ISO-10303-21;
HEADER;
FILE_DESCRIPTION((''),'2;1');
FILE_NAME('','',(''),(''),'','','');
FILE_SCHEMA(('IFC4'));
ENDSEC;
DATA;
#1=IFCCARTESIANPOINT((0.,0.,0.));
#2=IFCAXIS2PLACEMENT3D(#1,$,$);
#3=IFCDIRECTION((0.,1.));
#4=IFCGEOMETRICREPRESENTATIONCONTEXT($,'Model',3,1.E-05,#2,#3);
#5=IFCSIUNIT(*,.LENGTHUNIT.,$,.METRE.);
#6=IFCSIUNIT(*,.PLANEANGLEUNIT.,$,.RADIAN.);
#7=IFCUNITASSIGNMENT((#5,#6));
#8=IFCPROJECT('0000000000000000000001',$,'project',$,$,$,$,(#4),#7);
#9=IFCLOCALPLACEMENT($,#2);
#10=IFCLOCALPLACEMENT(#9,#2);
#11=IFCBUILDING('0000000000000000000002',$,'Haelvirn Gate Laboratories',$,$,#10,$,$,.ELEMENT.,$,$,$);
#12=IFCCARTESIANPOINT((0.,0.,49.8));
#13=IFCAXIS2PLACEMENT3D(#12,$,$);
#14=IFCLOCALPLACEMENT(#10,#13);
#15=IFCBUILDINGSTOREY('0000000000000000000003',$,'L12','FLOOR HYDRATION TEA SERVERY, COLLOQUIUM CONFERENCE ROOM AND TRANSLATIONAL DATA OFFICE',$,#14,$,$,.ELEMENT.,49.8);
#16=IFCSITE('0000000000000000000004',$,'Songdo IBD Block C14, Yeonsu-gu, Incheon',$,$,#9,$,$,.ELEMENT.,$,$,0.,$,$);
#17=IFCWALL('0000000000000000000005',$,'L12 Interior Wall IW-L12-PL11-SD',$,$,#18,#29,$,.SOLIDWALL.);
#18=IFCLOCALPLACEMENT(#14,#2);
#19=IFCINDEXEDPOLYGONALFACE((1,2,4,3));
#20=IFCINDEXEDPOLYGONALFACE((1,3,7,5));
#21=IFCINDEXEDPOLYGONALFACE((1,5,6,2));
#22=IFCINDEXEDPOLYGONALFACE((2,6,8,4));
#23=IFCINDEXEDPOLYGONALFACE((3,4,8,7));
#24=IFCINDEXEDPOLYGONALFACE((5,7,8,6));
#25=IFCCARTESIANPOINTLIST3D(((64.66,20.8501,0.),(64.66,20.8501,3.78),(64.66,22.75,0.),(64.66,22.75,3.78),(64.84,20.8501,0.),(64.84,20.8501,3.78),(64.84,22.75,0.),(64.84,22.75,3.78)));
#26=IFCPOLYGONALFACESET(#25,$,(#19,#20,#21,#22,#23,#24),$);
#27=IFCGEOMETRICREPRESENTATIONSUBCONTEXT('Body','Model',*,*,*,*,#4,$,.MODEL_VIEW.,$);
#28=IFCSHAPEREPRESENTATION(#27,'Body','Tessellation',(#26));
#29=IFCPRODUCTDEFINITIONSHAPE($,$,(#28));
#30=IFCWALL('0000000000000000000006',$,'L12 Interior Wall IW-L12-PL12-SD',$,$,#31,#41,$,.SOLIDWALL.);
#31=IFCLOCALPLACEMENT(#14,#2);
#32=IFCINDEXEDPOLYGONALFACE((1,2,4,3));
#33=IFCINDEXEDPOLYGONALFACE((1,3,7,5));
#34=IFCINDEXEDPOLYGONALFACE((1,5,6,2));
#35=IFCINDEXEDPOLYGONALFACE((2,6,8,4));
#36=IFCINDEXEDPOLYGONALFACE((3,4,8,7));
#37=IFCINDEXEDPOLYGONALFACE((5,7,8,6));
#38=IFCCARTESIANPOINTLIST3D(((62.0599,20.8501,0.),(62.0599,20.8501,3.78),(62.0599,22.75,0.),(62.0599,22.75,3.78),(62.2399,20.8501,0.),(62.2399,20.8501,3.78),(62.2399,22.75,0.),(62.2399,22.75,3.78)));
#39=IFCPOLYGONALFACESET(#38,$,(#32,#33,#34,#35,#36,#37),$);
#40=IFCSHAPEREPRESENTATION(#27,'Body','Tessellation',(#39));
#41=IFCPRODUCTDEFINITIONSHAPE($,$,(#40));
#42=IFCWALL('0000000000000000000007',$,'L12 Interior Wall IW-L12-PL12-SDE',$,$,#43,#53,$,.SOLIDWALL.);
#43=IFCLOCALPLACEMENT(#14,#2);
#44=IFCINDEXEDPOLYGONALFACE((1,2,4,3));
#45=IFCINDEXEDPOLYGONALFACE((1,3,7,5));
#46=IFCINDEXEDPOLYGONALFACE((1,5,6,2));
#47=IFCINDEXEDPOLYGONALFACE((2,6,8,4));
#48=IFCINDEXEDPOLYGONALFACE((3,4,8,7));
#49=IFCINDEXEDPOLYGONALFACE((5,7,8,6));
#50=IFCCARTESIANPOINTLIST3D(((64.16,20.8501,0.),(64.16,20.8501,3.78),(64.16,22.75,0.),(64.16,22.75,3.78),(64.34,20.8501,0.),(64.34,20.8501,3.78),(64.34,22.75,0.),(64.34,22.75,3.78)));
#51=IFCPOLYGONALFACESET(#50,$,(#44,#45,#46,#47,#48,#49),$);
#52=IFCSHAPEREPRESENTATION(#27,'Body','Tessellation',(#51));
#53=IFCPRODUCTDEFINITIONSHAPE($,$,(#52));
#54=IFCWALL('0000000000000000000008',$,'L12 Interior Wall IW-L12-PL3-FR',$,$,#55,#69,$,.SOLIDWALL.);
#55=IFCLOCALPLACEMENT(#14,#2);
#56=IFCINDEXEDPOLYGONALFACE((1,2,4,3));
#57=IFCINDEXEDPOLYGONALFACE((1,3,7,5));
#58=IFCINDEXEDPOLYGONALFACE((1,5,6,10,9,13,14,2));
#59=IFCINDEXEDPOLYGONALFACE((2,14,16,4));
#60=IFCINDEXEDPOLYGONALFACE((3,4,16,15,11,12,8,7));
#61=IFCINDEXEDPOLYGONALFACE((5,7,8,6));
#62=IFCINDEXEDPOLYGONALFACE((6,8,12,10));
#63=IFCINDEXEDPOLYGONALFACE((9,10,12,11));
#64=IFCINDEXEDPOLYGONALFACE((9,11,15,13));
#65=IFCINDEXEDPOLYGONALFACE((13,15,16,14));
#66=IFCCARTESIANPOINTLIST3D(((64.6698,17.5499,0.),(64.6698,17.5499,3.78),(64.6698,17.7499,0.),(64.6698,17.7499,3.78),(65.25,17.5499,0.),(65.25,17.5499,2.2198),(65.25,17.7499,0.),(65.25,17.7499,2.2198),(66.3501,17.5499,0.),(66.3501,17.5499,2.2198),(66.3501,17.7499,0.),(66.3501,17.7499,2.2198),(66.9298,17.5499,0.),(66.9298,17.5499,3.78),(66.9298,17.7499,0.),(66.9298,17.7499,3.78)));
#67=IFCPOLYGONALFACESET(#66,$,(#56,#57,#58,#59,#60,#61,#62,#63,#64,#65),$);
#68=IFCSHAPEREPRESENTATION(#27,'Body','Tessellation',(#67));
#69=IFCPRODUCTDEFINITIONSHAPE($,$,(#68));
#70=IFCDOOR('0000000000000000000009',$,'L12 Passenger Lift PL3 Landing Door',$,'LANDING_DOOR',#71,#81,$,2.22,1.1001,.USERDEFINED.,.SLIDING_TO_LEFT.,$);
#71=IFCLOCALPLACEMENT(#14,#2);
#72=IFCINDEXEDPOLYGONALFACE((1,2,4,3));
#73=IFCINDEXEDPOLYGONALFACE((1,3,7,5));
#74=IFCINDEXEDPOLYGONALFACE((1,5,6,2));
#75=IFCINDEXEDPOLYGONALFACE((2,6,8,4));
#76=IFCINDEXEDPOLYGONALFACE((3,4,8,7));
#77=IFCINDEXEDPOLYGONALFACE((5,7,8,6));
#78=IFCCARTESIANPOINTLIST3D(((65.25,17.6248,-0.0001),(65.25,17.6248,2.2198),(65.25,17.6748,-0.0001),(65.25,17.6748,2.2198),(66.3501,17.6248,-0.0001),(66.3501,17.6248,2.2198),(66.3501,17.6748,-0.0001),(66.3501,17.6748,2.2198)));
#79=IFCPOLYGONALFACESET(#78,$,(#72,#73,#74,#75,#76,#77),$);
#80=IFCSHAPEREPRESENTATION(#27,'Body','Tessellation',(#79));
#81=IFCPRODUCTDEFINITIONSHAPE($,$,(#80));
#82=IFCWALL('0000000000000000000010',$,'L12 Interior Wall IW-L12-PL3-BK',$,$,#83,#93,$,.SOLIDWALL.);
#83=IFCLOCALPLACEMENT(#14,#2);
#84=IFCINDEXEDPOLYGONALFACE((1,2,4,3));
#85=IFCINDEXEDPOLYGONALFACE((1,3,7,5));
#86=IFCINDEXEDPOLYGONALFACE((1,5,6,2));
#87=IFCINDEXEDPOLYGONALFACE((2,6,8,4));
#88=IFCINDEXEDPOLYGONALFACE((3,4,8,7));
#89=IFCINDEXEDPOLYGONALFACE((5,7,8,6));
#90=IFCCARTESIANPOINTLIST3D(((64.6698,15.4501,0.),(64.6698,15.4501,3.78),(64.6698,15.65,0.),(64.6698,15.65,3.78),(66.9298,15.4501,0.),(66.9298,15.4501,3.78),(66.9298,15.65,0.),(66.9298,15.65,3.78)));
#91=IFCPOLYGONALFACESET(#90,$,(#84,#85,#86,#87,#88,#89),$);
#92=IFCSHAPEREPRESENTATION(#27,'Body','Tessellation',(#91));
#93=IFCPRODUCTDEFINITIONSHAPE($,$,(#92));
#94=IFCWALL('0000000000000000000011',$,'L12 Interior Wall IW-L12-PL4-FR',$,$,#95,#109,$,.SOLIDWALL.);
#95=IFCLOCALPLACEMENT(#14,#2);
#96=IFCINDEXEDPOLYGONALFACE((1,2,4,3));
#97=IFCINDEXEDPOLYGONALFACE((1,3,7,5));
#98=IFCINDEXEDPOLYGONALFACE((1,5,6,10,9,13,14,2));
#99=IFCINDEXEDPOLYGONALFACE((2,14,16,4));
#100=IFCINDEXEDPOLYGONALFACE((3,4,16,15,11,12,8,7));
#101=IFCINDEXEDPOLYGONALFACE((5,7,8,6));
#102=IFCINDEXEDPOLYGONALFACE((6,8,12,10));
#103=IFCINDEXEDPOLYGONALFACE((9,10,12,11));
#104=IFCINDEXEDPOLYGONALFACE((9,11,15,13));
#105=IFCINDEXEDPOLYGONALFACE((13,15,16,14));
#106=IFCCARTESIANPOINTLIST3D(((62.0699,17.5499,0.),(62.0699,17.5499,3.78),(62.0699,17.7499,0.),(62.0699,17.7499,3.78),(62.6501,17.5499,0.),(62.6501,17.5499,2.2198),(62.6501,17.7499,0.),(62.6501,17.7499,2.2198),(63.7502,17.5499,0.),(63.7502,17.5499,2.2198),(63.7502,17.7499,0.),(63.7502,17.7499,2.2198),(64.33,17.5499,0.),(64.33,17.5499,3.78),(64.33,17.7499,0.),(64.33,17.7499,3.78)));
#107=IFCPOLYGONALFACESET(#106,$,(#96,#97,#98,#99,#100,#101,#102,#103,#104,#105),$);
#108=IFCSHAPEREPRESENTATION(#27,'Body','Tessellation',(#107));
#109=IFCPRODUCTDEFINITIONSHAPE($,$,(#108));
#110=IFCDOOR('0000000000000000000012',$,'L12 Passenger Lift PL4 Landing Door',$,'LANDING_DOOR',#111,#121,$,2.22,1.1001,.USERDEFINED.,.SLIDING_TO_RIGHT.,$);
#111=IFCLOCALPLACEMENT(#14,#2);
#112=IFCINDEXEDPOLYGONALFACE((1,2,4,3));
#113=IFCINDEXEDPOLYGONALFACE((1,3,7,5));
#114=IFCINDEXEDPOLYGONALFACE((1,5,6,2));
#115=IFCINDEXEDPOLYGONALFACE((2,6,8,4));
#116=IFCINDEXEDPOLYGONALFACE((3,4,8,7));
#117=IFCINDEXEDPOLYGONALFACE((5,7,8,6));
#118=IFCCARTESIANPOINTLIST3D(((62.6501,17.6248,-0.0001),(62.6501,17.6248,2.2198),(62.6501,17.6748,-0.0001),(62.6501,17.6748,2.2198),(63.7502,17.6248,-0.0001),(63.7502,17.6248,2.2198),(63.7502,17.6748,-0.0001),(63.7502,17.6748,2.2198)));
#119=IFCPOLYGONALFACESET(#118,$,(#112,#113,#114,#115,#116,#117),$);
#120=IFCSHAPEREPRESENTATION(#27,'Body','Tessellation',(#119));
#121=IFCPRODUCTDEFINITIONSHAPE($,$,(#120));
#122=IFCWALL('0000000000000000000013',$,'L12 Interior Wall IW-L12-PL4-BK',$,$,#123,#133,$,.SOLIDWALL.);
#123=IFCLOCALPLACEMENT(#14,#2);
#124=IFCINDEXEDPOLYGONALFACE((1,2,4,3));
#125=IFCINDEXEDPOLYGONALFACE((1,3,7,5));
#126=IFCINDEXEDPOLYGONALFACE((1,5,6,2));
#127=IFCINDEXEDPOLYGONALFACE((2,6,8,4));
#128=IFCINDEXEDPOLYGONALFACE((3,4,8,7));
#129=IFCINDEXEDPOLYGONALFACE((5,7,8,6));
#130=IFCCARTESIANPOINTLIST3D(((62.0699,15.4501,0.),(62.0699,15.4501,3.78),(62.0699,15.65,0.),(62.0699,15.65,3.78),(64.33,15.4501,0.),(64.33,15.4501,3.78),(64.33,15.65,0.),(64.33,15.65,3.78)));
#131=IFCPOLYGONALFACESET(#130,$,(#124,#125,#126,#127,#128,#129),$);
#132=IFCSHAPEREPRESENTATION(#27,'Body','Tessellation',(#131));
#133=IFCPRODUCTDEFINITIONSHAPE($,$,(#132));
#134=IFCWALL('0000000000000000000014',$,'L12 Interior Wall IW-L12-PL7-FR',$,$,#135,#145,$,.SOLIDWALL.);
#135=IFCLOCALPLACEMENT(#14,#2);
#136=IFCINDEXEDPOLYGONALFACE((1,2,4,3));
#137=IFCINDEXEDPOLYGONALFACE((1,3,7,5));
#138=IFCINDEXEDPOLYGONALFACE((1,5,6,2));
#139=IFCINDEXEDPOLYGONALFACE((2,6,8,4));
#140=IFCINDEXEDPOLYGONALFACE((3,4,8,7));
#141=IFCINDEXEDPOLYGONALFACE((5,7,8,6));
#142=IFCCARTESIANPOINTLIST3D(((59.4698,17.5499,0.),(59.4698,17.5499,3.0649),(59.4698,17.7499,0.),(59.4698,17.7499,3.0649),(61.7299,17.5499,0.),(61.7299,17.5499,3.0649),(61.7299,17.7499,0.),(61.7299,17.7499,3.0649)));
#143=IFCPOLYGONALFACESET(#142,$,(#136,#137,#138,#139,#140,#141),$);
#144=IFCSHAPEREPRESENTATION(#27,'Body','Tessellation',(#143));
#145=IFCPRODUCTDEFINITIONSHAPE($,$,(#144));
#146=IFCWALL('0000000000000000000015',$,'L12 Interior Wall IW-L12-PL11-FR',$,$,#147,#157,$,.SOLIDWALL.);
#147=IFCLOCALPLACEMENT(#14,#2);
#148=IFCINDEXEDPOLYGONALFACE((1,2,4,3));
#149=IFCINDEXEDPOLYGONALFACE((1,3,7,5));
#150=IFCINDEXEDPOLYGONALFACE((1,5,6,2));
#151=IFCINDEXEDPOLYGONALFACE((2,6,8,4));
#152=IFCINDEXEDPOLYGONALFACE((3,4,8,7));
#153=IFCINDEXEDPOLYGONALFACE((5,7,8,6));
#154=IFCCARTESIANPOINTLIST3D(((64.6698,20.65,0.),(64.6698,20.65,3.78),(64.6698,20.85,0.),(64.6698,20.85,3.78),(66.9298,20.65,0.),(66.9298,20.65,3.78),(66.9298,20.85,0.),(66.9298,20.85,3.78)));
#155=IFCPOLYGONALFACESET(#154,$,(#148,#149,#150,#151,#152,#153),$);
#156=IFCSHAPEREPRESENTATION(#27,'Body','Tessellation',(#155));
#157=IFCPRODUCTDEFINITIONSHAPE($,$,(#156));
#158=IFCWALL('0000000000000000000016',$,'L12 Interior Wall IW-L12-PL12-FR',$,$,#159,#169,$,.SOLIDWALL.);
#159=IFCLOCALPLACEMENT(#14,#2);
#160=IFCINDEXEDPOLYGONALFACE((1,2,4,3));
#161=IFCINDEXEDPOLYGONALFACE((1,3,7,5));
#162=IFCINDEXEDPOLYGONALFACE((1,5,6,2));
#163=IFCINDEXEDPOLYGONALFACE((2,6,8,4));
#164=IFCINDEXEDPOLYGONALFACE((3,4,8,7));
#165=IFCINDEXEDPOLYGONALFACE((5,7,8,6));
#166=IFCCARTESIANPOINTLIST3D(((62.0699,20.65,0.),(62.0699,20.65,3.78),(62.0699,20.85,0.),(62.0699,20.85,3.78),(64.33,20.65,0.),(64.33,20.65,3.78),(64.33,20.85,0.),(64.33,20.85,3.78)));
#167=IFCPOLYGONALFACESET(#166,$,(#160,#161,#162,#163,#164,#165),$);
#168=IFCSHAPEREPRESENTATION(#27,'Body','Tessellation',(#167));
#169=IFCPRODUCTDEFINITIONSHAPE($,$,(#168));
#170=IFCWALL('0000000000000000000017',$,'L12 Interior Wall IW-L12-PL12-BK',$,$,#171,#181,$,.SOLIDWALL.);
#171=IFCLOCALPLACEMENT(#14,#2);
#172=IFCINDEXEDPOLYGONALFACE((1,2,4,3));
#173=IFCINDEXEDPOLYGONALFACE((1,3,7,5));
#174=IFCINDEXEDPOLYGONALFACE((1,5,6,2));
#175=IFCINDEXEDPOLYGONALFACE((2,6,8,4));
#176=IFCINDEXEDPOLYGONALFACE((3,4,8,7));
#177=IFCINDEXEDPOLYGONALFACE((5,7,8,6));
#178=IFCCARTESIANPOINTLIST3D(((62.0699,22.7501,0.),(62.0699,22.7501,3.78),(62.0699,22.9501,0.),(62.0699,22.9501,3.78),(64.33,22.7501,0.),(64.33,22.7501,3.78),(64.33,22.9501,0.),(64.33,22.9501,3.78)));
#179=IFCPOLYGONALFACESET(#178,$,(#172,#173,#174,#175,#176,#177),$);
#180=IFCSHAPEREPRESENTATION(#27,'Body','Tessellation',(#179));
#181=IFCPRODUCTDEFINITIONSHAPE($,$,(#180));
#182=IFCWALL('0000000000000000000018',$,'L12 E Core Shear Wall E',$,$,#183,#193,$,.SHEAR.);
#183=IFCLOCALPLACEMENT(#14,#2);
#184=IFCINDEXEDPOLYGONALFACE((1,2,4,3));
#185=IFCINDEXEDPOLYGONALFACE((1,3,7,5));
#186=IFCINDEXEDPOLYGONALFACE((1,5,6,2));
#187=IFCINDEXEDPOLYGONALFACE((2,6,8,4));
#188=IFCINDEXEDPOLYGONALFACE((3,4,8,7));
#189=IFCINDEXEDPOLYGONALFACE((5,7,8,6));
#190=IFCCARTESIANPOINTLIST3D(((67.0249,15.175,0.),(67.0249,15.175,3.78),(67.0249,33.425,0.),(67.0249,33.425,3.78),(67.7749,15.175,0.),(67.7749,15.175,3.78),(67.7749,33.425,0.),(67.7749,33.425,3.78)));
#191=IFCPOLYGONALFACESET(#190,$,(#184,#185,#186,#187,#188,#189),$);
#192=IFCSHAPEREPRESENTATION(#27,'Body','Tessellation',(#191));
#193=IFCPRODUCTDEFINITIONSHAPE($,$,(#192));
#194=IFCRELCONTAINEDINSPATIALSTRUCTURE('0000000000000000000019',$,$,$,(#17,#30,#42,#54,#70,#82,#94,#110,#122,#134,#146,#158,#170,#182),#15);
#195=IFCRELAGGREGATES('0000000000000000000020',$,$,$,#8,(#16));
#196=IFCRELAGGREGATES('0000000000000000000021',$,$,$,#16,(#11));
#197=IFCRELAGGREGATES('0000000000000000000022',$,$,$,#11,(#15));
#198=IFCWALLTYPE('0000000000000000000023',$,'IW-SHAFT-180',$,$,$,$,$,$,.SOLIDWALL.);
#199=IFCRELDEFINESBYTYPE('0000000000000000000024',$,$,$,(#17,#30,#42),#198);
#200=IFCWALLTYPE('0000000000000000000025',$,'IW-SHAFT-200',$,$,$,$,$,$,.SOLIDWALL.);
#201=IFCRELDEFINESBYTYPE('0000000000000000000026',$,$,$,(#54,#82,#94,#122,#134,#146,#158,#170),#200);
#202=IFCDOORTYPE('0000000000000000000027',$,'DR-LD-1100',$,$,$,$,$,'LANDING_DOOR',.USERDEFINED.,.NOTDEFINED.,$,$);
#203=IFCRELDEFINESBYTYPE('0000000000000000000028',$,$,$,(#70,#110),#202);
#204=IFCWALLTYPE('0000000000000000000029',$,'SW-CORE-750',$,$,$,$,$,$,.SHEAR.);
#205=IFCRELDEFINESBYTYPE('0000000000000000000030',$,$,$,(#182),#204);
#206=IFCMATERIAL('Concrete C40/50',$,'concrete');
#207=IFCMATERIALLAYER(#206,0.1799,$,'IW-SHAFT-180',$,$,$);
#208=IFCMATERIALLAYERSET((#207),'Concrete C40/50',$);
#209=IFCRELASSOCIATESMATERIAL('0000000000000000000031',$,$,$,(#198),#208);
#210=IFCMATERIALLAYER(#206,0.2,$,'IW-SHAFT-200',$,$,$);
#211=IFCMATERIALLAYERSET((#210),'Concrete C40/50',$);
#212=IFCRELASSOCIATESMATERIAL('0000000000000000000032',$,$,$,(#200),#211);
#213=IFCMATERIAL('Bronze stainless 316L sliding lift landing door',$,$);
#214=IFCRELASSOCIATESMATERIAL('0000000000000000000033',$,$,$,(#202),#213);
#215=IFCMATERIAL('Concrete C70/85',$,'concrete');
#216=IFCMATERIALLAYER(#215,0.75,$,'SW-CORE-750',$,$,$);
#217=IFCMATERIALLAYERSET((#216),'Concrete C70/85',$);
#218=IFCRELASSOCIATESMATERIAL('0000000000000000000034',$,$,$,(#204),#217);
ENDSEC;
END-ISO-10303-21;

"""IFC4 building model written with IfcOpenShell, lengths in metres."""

from ifc_helpers import new_model, si_unit, direction, frame, frame_2d, origin, place, context, subcontext, project, spatial, rectangle, extrude, source, transform, mapped, material, layer, layer_set, type_object, type_shapes, element, fill, save


model = new_model("IFC4")

# Units and contexts
model_context = context("Model", 3, precision=1e-05, world=origin(), true_north=direction((0.0, 1.0)))
body_context = subcontext(model_context, "Body", "Model", "MODEL_VIEW")
ifc_project = project(units=[si_unit("LENGTHUNIT", "METRE"), si_unit("PLANEANGLEUNIT", "RADIAN")], contexts=[model_context])

# Site, building, storey
site_placement = place(None, origin())
site = spatial("IfcSite", under=ifc_project, at=site_placement, Name="Songdo IBD Block C14, Yeonsu-gu, Incheon", CompositionType="ELEMENT", RefElevation=0.0)
building_placement = place(site_placement, origin())
building = spatial("IfcBuilding", under=site, at=building_placement, Name="Haelvirn Gate Laboratories", CompositionType="ELEMENT")
storey_placement = place(building_placement, frame((0.0, 0.0, 49.8)))
storey = spatial("IfcBuildingStorey", under=building, at=storey_placement, Name="L12", Description="FLOOR HYDRATION TEA SERVERY, COLLOQUIUM CONFERENCE ROOM AND TRANSLATIONAL DATA OFFICE", CompositionType="ELEMENT", Elevation=49.8)

# Shared definitions
ifc_material_1 = material(Name="Concrete C70/85", Category="concrete")

# Walls
ifc_material_2 = material(Name="Concrete C40/50", Category="concrete")
ifc_layer_1 = layer(ifc_material_2, 0.1799, Name="IW-SHAFT-180")
ifc_layer_set_1 = layer_set([ifc_layer_1], Name="Concrete C40/50")
wall_type_1 = type_object("IfcWallType", Name="IW-SHAFT-180", PredefinedType="SOLIDWALL", material=ifc_layer_set_1)
for number, where, z_axis, x_axis, name in (
    (1, (64.75, 20.8501, 0.0), (0.0, 0.0, 1.0), (0.0, 1.0, 0.0), "L12 Interior Wall IW-L12-PL11-SD"),
    (2, (62.1499, 20.8501, 0.0), (0.0, 0.0, 1.0), (0.0, 1.0, 0.0), "L12 Interior Wall IW-L12-PL12-SD"),
    (3, (64.25, 20.8501, 0.0), (0.0, 0.0, 1.0), (0.0, 1.0, 0.0), "L12 Interior Wall IW-L12-PL12-SDE"),
):
    element("IfcWall", number, at=place(storey_placement, frame(where, z_axis=z_axis, x_axis=x_axis)), inside=storey, type_object=wall_type_1, Name=name, PredefinedType="SOLIDWALL", context=body_context, shape_type="SweptSolid", body=[
        extrude(rectangle(XDim=1.8999, YDim=0.1799, at=frame_2d((0.95, 0.0))), origin(), (0.0, 0.0, 1.0), 3.78),
    ])

# Wall, opening, door
ifc_layer_2 = layer(ifc_material_2, 0.2, Name="IW-SHAFT-200")
ifc_layer_set_2 = layer_set([ifc_layer_2], Name="Concrete C40/50")
wall_type_2 = type_object("IfcWallType", Name="IW-SHAFT-200", PredefinedType="SOLIDWALL", material=ifc_layer_set_2)
wall_1_placement = place(storey_placement, frame((64.6699, 17.6499, 0.0), z_axis=(0.0, 0.0, 1.0), x_axis=(1.0, 0.0, 0.0)))
wall_1 = element("IfcWall", 4, at=wall_1_placement, inside=storey, type_object=wall_type_2, Name="L12 Interior Wall IW-L12-PL3-FR", PredefinedType="SOLIDWALL", context=body_context, shape_type="SweptSolid", body=[
    extrude(rectangle(XDim=2.26, YDim=0.2, at=frame_2d((1.1299, 0.0))), origin(), (0.0, 0.0, 1.0), 3.78),
])
opening_1_placement = place(wall_1_placement, frame((0.5801, 0.0, 0.0)))
opening_1 = element("IfcOpeningElement", 5, at=opening_1_placement, cuts=wall_1, PredefinedType="OPENING", context=body_context, shape_type="SweptSolid", body=[
    extrude(rectangle(XDim=1.1001, YDim=2.22, at=frame_2d((0.55, 1.1099))), frame((0.0, 0.1099, 0.0), z_axis=(0.0, -1.0, 0.0), x_axis=(1.0, 0.0, 0.0)), (0.0, 0.0, 1.0), 0.22),
])
ifc_material_3 = material(Name="Bronze stainless 316L sliding lift landing door")
door_type_1 = type_object("IfcDoorType", Name="DR-LD-1100", ElementType="LANDING_DOOR", OperationType="NOTDEFINED", PredefinedType="USERDEFINED", material=ifc_material_3)
shared_shape_1 = source(origin(), body_context, "Body", "SweptSolid", [
    extrude(rectangle(XDim=1.1001, YDim=2.22, at=frame_2d((0.55, 1.1099))), frame((0.0, 0.0249, 0.0), z_axis=(0.0, -1.0, 0.0), x_axis=(1.0, 0.0, 0.0)), (0.0, 0.0, 1.0), 0.05),
])
type_shapes(door_type_1, [shared_shape_1])
door_1_placement = place(opening_1_placement, origin())
door_1 = element("IfcDoor", 6, at=door_1_placement, inside=storey, type_object=door_type_1, Name="L12 Passenger Lift PL3 Landing Door", ObjectType="LANDING_DOOR", OperationType="SLIDING_TO_LEFT", OverallHeight=2.22, OverallWidth=1.1001, PredefinedType="USERDEFINED", context=body_context, shape_type="MappedRepresentation", body=[
    mapped(shared_shape_1, transform((0.0, 0.0, 0.0), scale=1.0)),
])
fill(opening_1, door_1)

# Wall
wall_2_placement = place(storey_placement, frame((64.6699, 15.55, 0.0), z_axis=(0.0, 0.0, 1.0), x_axis=(1.0, 0.0, 0.0)))
element("IfcWall", 7, at=wall_2_placement, inside=storey, type_object=wall_type_2, Name="L12 Interior Wall IW-L12-PL3-BK", PredefinedType="SOLIDWALL", context=body_context, shape_type="SweptSolid", body=[
    extrude(rectangle(XDim=2.26, YDim=0.2, at=frame_2d((1.1299, 0.0))), origin(), (0.0, 0.0, 1.0), 3.78),
])

# Wall, opening, door
wall_3_placement = place(storey_placement, frame((62.0701, 17.6499, 0.0), z_axis=(0.0, 0.0, 1.0), x_axis=(1.0, 0.0, 0.0)))
wall_3 = element("IfcWall", 8, at=wall_3_placement, inside=storey, type_object=wall_type_2, Name="L12 Interior Wall IW-L12-PL4-FR", PredefinedType="SOLIDWALL", context=body_context, shape_type="SweptSolid", body=[
    extrude(rectangle(XDim=2.26, YDim=0.2, at=frame_2d((1.1299, 0.0))), origin(), (0.0, 0.0, 1.0), 3.78),
])
opening_2_placement = place(wall_3_placement, frame((0.5801, 0.0, 0.0)))
opening_2 = element("IfcOpeningElement", 9, at=opening_2_placement, cuts=wall_3, PredefinedType="OPENING", context=body_context, shape_type="SweptSolid", body=[
    extrude(rectangle(XDim=1.1001, YDim=2.22, at=frame_2d((0.55, 1.1099))), frame((0.0, 0.1099, 0.0), z_axis=(0.0, -1.0, 0.0), x_axis=(1.0, 0.0, 0.0)), (0.0, 0.0, 1.0), 0.22),
])
door_2_placement = place(opening_2_placement, origin())
door_2 = element("IfcDoor", 10, at=door_2_placement, inside=storey, type_object=door_type_1, Name="L12 Passenger Lift PL4 Landing Door", ObjectType="LANDING_DOOR", OperationType="SLIDING_TO_RIGHT", OverallHeight=2.22, OverallWidth=1.1001, PredefinedType="USERDEFINED", context=body_context, shape_type="MappedRepresentation", body=[
    mapped(shared_shape_1, transform((0.0, 0.0, 0.0), scale=1.0)),
])
fill(opening_2, door_2)

# Walls
wall_4_placement = place(storey_placement, frame((62.0701, 15.55, 0.0), z_axis=(0.0, 0.0, 1.0), x_axis=(1.0, 0.0, 0.0)))
element("IfcWall", 11, at=wall_4_placement, inside=storey, type_object=wall_type_2, Name="L12 Interior Wall IW-L12-PL4-BK", PredefinedType="SOLIDWALL", context=body_context, shape_type="SweptSolid", body=[
    extrude(rectangle(XDim=2.26, YDim=0.2, at=frame_2d((1.1299, 0.0))), origin(), (0.0, 0.0, 1.0), 3.78),
])
wall_5_placement = place(storey_placement, frame((59.47, 17.6499, 0.0), z_axis=(0.0, 0.0, 1.0), x_axis=(1.0, 0.0, 0.0)))
element("IfcWall", 12, at=wall_5_placement, inside=storey, type_object=wall_type_2, Name="L12 Interior Wall IW-L12-PL7-FR", PredefinedType="SOLIDWALL", context=body_context, shape_type="SweptSolid", body=[
    extrude(rectangle(XDim=2.26, YDim=0.2, at=frame_2d((1.1299, 0.0))), origin(), (0.0, 0.0, 1.0), 3.0649),
])
for number, where, z_axis, x_axis, name in (
    (13, (64.6699, 20.75, 0.0), (0.0, 0.0, 1.0), (1.0, 0.0, 0.0), "L12 Interior Wall IW-L12-PL11-FR"),
    (14, (62.0701, 20.75, 0.0), (0.0, 0.0, 1.0), (1.0, 0.0, 0.0), "L12 Interior Wall IW-L12-PL12-FR"),
    (15, (62.0701, 22.8501, 0.0), (0.0, 0.0, 1.0), (1.0, 0.0, 0.0), "L12 Interior Wall IW-L12-PL12-BK"),
):
    element("IfcWall", number, at=place(storey_placement, frame(where, z_axis=z_axis, x_axis=x_axis)), inside=storey, type_object=wall_type_2, Name=name, PredefinedType="SOLIDWALL", context=body_context, shape_type="SweptSolid", body=[
        extrude(rectangle(XDim=2.26, YDim=0.2, at=frame_2d((1.1299, 0.0))), origin(), (0.0, 0.0, 1.0), 3.78),
    ])
ifc_layer_3 = layer(ifc_material_1, 0.75, Name="SW-CORE-750")
ifc_layer_set_3 = layer_set([ifc_layer_3], Name="Concrete C70/85")
wall_type_3 = type_object("IfcWallType", Name="SW-CORE-750", PredefinedType="SHEAR", material=ifc_layer_set_3)
wall_6_placement = place(storey_placement, frame((67.3999, 15.175, 0.0), z_axis=(0.0, 0.0, 1.0), x_axis=(0.0, 1.0, 0.0)))
element("IfcWall", 16, at=wall_6_placement, inside=storey, type_object=wall_type_3, Name="L12 E Core Shear Wall E", PredefinedType="SHEAR", context=body_context, shape_type="SweptSolid", body=[
    extrude(rectangle(XDim=18.25, YDim=0.75, at=frame_2d((9.125, 0.0))), origin(), (0.0, 0.0, 1.0), 3.78),
])

save(model, "model.ifc")
